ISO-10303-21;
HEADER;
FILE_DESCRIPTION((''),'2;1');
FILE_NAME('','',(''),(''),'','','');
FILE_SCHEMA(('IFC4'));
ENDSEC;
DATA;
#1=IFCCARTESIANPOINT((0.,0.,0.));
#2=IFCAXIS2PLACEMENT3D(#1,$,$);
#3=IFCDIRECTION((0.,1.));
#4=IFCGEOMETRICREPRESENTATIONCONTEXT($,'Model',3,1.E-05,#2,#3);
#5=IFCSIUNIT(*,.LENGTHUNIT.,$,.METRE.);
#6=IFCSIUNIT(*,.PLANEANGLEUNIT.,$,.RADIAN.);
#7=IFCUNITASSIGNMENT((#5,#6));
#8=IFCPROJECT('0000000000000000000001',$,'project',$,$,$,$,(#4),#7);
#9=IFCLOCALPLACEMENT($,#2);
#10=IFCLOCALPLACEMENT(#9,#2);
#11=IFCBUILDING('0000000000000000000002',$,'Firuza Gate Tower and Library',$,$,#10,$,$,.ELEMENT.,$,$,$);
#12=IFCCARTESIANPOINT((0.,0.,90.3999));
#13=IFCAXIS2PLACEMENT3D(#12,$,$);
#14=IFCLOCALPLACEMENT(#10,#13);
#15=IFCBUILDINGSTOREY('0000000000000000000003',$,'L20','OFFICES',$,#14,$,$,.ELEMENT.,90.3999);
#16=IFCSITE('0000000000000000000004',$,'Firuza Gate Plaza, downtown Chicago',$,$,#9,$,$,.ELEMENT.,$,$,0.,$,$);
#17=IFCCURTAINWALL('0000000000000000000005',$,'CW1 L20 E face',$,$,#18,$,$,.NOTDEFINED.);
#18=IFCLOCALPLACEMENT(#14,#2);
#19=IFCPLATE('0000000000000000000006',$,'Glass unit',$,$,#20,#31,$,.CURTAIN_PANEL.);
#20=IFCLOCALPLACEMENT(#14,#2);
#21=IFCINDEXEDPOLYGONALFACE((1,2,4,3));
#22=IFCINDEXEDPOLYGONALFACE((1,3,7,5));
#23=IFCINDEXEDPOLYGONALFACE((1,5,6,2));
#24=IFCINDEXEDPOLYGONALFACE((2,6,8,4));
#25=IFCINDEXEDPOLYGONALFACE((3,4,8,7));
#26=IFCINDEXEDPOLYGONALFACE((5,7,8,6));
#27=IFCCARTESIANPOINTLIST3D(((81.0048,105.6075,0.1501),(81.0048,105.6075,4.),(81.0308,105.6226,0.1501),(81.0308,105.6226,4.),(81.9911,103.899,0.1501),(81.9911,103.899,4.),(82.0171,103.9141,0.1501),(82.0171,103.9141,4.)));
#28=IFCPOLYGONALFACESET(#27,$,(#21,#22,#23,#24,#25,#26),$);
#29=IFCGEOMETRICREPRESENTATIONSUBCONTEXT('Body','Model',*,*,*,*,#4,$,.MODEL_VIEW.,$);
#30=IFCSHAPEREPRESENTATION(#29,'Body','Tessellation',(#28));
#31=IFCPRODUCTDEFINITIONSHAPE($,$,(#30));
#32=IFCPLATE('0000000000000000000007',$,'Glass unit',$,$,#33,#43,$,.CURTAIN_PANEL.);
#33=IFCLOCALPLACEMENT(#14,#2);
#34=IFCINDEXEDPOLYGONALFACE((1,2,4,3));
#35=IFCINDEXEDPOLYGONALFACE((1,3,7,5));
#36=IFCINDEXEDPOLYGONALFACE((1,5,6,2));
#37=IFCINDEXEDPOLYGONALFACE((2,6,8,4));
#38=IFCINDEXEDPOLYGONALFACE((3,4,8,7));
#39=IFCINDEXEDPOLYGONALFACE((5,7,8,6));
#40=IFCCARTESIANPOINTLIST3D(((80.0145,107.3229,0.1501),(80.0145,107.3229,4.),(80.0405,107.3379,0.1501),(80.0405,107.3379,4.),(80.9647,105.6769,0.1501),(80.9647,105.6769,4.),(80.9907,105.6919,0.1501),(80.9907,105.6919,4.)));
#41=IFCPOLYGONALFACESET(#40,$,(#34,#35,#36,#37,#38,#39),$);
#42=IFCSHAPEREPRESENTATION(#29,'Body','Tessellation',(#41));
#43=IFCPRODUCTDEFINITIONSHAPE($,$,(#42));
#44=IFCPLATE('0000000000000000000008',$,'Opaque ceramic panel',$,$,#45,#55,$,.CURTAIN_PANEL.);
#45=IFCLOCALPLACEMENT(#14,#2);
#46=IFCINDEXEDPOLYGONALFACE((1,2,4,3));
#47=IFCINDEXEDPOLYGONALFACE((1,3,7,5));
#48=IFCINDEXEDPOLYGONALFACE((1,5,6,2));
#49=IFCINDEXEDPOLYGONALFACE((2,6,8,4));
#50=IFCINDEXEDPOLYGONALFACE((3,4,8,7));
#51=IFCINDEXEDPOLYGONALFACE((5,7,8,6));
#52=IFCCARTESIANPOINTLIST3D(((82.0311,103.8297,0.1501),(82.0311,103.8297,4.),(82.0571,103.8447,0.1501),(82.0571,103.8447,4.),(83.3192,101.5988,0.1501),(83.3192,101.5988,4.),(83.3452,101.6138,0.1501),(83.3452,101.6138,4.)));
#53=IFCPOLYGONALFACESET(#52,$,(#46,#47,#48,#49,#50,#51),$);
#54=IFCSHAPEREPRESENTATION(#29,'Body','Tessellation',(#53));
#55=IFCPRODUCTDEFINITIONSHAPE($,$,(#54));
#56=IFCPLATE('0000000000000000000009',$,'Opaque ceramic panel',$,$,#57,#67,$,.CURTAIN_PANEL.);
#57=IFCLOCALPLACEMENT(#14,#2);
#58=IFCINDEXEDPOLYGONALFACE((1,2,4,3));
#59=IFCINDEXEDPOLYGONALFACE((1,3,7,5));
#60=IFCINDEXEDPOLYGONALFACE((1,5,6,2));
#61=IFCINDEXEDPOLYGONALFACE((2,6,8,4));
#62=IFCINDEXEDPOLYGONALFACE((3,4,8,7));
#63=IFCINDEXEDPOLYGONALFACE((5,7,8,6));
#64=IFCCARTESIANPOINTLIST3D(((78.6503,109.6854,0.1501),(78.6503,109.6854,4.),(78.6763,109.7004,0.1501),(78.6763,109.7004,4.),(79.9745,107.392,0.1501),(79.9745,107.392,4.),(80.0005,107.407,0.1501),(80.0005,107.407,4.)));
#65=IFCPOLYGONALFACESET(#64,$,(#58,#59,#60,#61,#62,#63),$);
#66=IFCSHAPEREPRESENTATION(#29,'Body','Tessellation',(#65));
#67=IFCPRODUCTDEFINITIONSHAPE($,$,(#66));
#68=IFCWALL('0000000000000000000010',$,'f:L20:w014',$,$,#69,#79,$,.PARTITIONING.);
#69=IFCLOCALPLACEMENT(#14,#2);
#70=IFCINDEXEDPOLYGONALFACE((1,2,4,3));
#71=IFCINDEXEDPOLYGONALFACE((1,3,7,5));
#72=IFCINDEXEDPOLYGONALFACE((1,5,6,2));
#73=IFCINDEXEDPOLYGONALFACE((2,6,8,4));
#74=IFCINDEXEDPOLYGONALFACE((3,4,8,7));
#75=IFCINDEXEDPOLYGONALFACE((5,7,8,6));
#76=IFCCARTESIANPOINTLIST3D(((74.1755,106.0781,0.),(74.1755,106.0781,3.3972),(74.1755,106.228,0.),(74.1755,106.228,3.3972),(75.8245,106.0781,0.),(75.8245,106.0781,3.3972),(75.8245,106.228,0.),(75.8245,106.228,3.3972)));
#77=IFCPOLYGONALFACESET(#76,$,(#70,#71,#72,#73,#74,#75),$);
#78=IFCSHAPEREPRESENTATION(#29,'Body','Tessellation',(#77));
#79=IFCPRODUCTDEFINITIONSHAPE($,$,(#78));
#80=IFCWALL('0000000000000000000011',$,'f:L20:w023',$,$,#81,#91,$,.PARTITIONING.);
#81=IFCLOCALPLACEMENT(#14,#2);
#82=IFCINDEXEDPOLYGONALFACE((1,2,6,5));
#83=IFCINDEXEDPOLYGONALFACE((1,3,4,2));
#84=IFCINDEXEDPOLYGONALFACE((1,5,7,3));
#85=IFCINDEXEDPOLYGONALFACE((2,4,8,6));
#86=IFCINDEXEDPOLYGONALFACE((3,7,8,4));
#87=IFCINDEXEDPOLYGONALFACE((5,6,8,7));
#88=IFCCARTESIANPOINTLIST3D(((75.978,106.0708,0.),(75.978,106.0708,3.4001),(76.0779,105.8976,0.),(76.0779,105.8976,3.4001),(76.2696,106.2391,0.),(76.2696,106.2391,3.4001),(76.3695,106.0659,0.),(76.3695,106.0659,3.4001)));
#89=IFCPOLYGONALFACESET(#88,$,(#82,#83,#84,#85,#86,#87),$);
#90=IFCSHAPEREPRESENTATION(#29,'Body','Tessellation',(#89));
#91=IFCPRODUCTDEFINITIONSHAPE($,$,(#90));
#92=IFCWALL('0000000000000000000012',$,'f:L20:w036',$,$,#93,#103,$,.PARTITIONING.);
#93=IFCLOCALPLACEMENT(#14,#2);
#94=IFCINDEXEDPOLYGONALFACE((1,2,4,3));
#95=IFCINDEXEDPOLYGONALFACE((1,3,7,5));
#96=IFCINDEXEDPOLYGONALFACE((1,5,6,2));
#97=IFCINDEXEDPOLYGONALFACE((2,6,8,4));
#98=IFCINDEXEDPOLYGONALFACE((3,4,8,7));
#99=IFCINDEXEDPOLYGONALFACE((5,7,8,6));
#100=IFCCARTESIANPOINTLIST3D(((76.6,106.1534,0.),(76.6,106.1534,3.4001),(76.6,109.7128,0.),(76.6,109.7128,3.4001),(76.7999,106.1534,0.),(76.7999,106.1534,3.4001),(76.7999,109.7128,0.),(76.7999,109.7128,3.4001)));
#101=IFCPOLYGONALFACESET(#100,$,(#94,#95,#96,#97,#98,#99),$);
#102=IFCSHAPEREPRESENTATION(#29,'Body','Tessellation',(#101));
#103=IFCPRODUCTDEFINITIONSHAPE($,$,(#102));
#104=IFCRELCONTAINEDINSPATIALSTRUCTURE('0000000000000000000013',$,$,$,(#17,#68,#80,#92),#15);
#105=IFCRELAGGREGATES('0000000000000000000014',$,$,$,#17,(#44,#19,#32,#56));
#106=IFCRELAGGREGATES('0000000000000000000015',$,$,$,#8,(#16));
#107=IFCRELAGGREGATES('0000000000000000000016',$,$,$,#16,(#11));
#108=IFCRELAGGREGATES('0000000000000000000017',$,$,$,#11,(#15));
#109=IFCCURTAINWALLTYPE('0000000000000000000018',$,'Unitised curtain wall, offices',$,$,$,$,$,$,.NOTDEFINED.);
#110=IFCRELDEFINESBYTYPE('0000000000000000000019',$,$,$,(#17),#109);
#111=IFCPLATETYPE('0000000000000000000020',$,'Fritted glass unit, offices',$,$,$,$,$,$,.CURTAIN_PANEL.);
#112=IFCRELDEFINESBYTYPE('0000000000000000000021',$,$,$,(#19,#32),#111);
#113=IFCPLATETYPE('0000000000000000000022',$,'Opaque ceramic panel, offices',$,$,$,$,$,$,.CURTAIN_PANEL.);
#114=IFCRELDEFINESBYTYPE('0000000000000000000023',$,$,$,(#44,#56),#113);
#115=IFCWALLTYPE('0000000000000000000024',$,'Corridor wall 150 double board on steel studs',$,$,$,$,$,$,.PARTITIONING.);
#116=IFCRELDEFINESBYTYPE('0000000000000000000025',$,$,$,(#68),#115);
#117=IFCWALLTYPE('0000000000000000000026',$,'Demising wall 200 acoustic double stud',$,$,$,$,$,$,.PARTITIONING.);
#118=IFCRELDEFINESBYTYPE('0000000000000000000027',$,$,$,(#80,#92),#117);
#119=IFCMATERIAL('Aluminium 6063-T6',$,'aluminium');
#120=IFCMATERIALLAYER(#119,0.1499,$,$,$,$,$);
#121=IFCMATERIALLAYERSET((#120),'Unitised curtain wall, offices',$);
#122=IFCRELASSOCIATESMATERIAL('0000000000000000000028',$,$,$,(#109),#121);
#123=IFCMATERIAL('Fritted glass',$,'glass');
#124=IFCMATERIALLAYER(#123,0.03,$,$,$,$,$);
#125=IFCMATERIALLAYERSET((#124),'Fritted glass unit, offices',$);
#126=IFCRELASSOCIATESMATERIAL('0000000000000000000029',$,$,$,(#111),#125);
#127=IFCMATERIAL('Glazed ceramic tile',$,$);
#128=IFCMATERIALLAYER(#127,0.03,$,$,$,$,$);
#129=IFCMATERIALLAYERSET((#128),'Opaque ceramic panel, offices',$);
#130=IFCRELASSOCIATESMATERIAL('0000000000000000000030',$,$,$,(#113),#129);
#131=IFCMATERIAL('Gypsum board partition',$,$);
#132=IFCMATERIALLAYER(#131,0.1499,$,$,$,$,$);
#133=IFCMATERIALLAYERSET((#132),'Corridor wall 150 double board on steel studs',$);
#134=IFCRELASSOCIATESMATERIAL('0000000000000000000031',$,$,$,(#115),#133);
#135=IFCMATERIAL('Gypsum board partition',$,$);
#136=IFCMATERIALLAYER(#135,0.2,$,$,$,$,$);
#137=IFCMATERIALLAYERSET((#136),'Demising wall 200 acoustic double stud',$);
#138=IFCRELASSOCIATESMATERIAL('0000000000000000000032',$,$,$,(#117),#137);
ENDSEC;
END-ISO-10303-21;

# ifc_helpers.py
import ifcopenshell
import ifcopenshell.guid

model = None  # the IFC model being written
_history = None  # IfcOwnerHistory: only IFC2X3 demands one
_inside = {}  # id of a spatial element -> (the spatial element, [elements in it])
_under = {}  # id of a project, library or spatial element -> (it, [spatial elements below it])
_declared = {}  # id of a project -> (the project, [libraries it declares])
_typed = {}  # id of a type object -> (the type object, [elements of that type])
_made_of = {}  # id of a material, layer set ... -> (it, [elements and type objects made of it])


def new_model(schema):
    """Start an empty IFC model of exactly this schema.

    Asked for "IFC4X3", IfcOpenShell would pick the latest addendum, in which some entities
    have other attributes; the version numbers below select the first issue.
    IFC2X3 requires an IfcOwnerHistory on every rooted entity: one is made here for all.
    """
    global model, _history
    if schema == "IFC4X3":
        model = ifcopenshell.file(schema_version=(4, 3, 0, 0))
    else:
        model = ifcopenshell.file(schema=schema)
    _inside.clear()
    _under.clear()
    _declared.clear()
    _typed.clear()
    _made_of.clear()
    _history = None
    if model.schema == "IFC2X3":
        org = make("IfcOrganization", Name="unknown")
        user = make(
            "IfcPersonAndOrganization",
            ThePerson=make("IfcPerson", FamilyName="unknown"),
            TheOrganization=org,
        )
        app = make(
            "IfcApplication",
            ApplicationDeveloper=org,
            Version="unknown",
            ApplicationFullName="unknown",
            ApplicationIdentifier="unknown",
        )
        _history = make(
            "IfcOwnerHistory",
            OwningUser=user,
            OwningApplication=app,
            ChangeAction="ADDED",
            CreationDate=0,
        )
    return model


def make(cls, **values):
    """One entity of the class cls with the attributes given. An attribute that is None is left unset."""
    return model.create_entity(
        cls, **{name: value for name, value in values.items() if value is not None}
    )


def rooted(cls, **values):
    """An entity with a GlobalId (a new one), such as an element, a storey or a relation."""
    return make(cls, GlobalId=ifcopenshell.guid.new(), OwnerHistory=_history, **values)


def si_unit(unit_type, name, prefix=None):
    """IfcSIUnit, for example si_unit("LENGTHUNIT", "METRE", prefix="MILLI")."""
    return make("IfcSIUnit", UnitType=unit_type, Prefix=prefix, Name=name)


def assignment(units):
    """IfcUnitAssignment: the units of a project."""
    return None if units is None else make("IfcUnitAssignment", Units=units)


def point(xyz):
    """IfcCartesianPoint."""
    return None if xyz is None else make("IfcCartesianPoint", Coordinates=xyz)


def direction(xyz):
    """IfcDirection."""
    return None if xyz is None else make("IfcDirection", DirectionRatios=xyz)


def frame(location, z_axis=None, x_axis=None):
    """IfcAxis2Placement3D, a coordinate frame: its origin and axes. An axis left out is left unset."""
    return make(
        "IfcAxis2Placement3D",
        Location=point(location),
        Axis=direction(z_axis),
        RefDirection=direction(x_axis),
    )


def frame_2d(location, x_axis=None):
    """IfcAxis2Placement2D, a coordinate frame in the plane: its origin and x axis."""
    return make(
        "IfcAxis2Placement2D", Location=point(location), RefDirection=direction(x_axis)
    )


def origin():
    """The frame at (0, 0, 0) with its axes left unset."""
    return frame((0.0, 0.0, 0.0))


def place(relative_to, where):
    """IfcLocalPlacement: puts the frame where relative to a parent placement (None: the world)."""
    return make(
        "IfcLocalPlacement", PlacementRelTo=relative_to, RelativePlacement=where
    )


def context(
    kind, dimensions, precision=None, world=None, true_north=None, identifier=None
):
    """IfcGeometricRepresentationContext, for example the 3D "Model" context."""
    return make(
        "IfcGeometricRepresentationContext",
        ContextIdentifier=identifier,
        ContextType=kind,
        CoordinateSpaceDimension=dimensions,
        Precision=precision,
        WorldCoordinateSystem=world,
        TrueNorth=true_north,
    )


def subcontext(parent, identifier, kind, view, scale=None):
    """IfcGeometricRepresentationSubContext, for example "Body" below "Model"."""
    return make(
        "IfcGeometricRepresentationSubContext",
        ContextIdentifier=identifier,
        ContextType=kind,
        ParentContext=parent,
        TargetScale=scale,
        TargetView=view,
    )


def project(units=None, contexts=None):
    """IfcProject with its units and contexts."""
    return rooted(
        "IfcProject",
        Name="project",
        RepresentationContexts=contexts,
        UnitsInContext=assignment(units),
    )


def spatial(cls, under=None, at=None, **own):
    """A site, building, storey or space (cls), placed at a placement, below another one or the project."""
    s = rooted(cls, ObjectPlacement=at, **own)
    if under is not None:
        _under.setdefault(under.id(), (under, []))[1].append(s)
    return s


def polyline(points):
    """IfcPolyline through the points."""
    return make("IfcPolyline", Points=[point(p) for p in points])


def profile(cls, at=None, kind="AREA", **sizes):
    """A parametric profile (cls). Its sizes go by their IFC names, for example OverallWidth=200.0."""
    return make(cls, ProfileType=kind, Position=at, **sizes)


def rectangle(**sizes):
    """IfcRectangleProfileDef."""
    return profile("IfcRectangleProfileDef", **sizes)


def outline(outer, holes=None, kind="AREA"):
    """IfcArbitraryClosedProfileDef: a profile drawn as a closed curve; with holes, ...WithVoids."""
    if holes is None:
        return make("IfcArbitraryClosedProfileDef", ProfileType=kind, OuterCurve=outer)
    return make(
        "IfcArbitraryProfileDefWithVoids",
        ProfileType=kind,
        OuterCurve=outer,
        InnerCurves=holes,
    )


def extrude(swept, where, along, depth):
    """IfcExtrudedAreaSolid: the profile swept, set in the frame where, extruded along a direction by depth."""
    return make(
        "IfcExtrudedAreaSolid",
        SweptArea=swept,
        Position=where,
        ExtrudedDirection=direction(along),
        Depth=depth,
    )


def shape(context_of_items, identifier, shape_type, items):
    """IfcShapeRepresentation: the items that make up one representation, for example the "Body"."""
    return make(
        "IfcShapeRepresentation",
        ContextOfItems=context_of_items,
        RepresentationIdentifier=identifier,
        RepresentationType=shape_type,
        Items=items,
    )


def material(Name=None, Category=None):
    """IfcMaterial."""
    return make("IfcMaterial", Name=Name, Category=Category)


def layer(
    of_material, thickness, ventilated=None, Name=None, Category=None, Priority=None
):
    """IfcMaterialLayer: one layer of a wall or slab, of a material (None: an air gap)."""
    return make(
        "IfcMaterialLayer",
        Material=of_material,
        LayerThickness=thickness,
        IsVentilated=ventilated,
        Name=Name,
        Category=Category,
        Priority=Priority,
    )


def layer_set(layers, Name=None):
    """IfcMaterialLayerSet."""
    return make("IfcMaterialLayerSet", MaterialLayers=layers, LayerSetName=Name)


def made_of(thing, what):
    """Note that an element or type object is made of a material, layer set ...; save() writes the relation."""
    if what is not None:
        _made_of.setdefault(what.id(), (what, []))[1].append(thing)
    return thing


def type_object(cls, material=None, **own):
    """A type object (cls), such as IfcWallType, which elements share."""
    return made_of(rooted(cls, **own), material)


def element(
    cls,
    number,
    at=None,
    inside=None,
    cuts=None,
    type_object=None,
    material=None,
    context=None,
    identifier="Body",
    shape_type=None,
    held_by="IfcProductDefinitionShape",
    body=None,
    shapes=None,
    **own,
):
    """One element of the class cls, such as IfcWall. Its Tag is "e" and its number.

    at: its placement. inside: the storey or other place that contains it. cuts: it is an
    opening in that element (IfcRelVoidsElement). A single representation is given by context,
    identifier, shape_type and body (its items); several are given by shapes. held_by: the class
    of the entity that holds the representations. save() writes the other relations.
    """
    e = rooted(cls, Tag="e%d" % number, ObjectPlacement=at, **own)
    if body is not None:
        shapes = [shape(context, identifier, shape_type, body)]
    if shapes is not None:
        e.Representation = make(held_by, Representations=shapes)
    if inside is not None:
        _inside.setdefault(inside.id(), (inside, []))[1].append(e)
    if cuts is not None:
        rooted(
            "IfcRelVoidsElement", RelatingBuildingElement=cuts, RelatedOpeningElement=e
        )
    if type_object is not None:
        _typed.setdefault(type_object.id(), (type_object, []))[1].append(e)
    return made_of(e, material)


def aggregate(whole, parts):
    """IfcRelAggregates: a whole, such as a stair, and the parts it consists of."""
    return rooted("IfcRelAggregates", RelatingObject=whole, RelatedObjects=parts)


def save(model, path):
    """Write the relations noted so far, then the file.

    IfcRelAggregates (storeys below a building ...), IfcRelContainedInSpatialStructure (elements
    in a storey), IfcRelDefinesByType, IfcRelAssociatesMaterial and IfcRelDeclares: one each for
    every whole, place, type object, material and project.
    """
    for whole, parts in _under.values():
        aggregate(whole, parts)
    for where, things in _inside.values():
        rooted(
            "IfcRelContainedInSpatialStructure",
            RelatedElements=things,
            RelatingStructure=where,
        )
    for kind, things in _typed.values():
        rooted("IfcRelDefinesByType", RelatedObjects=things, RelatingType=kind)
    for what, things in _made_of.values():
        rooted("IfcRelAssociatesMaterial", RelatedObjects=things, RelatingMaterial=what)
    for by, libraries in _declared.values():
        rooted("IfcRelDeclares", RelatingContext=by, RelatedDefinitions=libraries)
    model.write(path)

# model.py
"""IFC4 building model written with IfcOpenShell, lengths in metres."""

from ifc_helpers import new_model, si_unit, direction, frame, frame_2d, origin, place, context, subcontext, project, spatial, polyline, rectangle, outline, extrude, material, layer, layer_set, type_object, element, aggregate, save


model = new_model("IFC4")

# Units and contexts
model_context = context("Model", 3, precision=1e-05, world=origin(), true_north=direction((0.0, 1.0)))
body_context = subcontext(model_context, "Body", "Model", "MODEL_VIEW")
ifc_project = project(units=[si_unit("LENGTHUNIT", "METRE"), si_unit("PLANEANGLEUNIT", "RADIAN")], contexts=[model_context])

# Site, building, storey
site_placement = place(None, origin())
site = spatial("IfcSite", under=ifc_project, at=site_placement, Name="Firuza Gate Plaza, downtown Chicago", CompositionType="ELEMENT", RefElevation=0.0)
building_placement = place(site_placement, origin())
building = spatial("IfcBuilding", under=site, at=building_placement, Name="Firuza Gate Tower and Library", CompositionType="ELEMENT")
storey_placement = place(building_placement, frame((0.0, 0.0, 90.3999)))
storey = spatial("IfcBuildingStorey", under=building, at=storey_placement, Name="L20", Description="OFFICES", CompositionType="ELEMENT", Elevation=90.3999)

# Curtain wall
ifc_material_1 = material(Name="Aluminium 6063-T6", Category="aluminium")
ifc_layer_1 = layer(ifc_material_1, 0.1499)
ifc_layer_set_1 = layer_set([ifc_layer_1], Name="Unitised curtain wall, offices")
curtain_wall_type_1 = type_object("IfcCurtainWallType", Name="Unitised curtain wall, offices", PredefinedType="NOTDEFINED", material=ifc_layer_set_1)
placement = place(storey_placement, origin())
curtain_wall_1 = element("IfcCurtainWall", 1, at=placement, inside=storey, type_object=curtain_wall_type_1, Name="CW1 L20 E face", PredefinedType="NOTDEFINED")

# Plates
ifc_material_2 = material(Name="Fritted glass", Category="glass")
ifc_layer_2 = layer(ifc_material_2, 0.03)
ifc_layer_set_2 = layer_set([ifc_layer_2], Name="Fritted glass unit, offices")
plate_type_1 = type_object("IfcPlateType", Name="Fritted glass unit, offices", PredefinedType="CURTAIN_PANEL", material=ifc_layer_set_2)
plate_1_placement = place(storey_placement, frame((82.0171, 103.9141, 0.1501), z_axis=(0.866041, 0.499972, 0.0), x_axis=(-0.499972, 0.866041, 0.0)))
plate_1 = element("IfcPlate", 2, at=plate_1_placement, type_object=plate_type_1, Name="Glass unit", PredefinedType="CURTAIN_PANEL", context=body_context, shape_type="SweptSolid", body=[
    extrude(outline(polyline([(0.0, 0.0), (1.9728, 0.0), (1.9728, 3.8499), (0.0, 3.8499), (0.0, 0.0)])), origin(), (0.0, 0.0, -1.0), 0.03),
])
plate_2_placement = place(storey_placement, frame((80.9907, 105.6919, 0.1501), z_axis=(0.866053, 0.499952, 0.0), x_axis=(-0.499952, 0.866053, 0.0)))
plate_2 = element("IfcPlate", 3, at=plate_2_placement, type_object=plate_type_1, Name="Glass unit", PredefinedType="CURTAIN_PANEL", context=body_context, shape_type="SweptSolid", body=[
    extrude(outline(polyline([(0.0, 0.0), (1.9006, 0.0), (1.9006, 3.8499), (0.0, 3.8499), (0.0, 0.0)])), origin(), (0.0, 0.0, -1.0), 0.03),
])
ifc_material_3 = material(Name="Glazed ceramic tile")
ifc_layer_3 = layer(ifc_material_3, 0.03)
ifc_layer_set_3 = layer_set([ifc_layer_3], Name="Opaque ceramic panel, offices")
plate_type_2 = type_object("IfcPlateType", Name="Opaque ceramic panel, offices", PredefinedType="CURTAIN_PANEL", material=ifc_layer_set_3)
plate_3_placement = place(storey_placement, frame((83.3452, 101.6138, 0.1501), z_axis=(0.866018, 0.500012, 0.0), x_axis=(-0.500012, 0.866018, 0.0)))
plate_3 = element("IfcPlate", 4, at=plate_3_placement, type_object=plate_type_2, Name="Opaque ceramic panel", PredefinedType="CURTAIN_PANEL", context=body_context, shape_type="SweptSolid", body=[
    extrude(outline(polyline([(0.0, 0.0), (2.5761, 0.0), (2.5761, 3.8499), (0.0, 3.8499), (0.0, 0.0)])), origin(), (0.0, 0.0, -1.0), 0.03),
])
plate_4_placement = place(storey_placement, frame((80.0005, 107.407, 0.1501), z_axis=(0.866011, 0.500026, 0.0), x_axis=(-0.500026, 0.866011, 0.0)))
plate_4 = element("IfcPlate", 5, at=plate_4_placement, type_object=plate_type_2, Name="Opaque ceramic panel", PredefinedType="CURTAIN_PANEL", context=body_context, shape_type="SweptSolid", body=[
    extrude(outline(polyline([(0.0, 0.0), (2.6483, 0.0), (2.6483, 3.8499), (0.0, 3.8499), (0.0, 0.0)])), origin(), (0.0, 0.0, -1.0), 0.03),
])
aggregate(curtain_wall_1, [plate_3, plate_1, plate_2, plate_4])

# Walls
ifc_material_4 = material(Name="Gypsum board partition")
ifc_layer_4 = layer(ifc_material_4, 0.1499)
ifc_layer_set_4 = layer_set([ifc_layer_4], Name="Corridor wall 150 double board on steel studs")
wall_type_1 = type_object("IfcWallType", Name="Corridor wall 150 double board on steel studs", PredefinedType="PARTITIONING", material=ifc_layer_set_4)
wall_1_placement = place(storey_placement, frame((74.1755, 106.1531, 0.0), z_axis=(0.0, 0.0, 1.0), x_axis=(1.0, 0.0, 0.0)))
element("IfcWall", 6, at=wall_1_placement, inside=storey, type_object=wall_type_1, Name="f:L20:w014", PredefinedType="PARTITIONING", context=body_context, shape_type="SweptSolid", body=[
    extrude(rectangle(XDim=1.6489, YDim=0.1499, at=frame_2d((0.8245, 0.0))), origin(), (0.0, 0.0, 1.0), 3.3972),
])
ifc_material_5 = material(Name="Gypsum board partition")
ifc_layer_5 = layer(ifc_material_5, 0.2)
ifc_layer_set_5 = layer_set([ifc_layer_5], Name="Demising wall 200 acoustic double stud")
wall_type_2 = type_object("IfcWallType", Name="Demising wall 200 acoustic double stud", PredefinedType="PARTITIONING", material=ifc_layer_set_5)
wall_2_placement = place(storey_placement, frame((76.0278, 105.9841, 0.0), z_axis=(0.0, 0.0, 1.0), x_axis=(0.866137, 0.499806, 0.0)))
element("IfcWall", 7, at=wall_2_placement, inside=storey, type_object=wall_type_2, Name="f:L20:w023", PredefinedType="PARTITIONING", context=body_context, shape_type="SweptSolid", body=[
    extrude(rectangle(XDim=0.3367, YDim=0.2, at=frame_2d((0.1685, 0.0))), origin(), (0.0, 0.0, 1.0), 3.4001),
])
wall_3_placement = place(storey_placement, frame((76.7, 106.1533, 0.0), z_axis=(0.0, 0.0, 1.0), x_axis=(0.0, 1.0, 0.0)))
element("IfcWall", 8, at=wall_3_placement, inside=storey, type_object=wall_type_2, Name="f:L20:w036", PredefinedType="PARTITIONING", context=body_context, shape_type="SweptSolid", body=[
    extrude(rectangle(XDim=3.5593, YDim=0.2, at=frame_2d((1.7798, 0.0))), origin(), (0.0, 0.0, 1.0), 3.4001),
])

save(model, "model.ifc")
